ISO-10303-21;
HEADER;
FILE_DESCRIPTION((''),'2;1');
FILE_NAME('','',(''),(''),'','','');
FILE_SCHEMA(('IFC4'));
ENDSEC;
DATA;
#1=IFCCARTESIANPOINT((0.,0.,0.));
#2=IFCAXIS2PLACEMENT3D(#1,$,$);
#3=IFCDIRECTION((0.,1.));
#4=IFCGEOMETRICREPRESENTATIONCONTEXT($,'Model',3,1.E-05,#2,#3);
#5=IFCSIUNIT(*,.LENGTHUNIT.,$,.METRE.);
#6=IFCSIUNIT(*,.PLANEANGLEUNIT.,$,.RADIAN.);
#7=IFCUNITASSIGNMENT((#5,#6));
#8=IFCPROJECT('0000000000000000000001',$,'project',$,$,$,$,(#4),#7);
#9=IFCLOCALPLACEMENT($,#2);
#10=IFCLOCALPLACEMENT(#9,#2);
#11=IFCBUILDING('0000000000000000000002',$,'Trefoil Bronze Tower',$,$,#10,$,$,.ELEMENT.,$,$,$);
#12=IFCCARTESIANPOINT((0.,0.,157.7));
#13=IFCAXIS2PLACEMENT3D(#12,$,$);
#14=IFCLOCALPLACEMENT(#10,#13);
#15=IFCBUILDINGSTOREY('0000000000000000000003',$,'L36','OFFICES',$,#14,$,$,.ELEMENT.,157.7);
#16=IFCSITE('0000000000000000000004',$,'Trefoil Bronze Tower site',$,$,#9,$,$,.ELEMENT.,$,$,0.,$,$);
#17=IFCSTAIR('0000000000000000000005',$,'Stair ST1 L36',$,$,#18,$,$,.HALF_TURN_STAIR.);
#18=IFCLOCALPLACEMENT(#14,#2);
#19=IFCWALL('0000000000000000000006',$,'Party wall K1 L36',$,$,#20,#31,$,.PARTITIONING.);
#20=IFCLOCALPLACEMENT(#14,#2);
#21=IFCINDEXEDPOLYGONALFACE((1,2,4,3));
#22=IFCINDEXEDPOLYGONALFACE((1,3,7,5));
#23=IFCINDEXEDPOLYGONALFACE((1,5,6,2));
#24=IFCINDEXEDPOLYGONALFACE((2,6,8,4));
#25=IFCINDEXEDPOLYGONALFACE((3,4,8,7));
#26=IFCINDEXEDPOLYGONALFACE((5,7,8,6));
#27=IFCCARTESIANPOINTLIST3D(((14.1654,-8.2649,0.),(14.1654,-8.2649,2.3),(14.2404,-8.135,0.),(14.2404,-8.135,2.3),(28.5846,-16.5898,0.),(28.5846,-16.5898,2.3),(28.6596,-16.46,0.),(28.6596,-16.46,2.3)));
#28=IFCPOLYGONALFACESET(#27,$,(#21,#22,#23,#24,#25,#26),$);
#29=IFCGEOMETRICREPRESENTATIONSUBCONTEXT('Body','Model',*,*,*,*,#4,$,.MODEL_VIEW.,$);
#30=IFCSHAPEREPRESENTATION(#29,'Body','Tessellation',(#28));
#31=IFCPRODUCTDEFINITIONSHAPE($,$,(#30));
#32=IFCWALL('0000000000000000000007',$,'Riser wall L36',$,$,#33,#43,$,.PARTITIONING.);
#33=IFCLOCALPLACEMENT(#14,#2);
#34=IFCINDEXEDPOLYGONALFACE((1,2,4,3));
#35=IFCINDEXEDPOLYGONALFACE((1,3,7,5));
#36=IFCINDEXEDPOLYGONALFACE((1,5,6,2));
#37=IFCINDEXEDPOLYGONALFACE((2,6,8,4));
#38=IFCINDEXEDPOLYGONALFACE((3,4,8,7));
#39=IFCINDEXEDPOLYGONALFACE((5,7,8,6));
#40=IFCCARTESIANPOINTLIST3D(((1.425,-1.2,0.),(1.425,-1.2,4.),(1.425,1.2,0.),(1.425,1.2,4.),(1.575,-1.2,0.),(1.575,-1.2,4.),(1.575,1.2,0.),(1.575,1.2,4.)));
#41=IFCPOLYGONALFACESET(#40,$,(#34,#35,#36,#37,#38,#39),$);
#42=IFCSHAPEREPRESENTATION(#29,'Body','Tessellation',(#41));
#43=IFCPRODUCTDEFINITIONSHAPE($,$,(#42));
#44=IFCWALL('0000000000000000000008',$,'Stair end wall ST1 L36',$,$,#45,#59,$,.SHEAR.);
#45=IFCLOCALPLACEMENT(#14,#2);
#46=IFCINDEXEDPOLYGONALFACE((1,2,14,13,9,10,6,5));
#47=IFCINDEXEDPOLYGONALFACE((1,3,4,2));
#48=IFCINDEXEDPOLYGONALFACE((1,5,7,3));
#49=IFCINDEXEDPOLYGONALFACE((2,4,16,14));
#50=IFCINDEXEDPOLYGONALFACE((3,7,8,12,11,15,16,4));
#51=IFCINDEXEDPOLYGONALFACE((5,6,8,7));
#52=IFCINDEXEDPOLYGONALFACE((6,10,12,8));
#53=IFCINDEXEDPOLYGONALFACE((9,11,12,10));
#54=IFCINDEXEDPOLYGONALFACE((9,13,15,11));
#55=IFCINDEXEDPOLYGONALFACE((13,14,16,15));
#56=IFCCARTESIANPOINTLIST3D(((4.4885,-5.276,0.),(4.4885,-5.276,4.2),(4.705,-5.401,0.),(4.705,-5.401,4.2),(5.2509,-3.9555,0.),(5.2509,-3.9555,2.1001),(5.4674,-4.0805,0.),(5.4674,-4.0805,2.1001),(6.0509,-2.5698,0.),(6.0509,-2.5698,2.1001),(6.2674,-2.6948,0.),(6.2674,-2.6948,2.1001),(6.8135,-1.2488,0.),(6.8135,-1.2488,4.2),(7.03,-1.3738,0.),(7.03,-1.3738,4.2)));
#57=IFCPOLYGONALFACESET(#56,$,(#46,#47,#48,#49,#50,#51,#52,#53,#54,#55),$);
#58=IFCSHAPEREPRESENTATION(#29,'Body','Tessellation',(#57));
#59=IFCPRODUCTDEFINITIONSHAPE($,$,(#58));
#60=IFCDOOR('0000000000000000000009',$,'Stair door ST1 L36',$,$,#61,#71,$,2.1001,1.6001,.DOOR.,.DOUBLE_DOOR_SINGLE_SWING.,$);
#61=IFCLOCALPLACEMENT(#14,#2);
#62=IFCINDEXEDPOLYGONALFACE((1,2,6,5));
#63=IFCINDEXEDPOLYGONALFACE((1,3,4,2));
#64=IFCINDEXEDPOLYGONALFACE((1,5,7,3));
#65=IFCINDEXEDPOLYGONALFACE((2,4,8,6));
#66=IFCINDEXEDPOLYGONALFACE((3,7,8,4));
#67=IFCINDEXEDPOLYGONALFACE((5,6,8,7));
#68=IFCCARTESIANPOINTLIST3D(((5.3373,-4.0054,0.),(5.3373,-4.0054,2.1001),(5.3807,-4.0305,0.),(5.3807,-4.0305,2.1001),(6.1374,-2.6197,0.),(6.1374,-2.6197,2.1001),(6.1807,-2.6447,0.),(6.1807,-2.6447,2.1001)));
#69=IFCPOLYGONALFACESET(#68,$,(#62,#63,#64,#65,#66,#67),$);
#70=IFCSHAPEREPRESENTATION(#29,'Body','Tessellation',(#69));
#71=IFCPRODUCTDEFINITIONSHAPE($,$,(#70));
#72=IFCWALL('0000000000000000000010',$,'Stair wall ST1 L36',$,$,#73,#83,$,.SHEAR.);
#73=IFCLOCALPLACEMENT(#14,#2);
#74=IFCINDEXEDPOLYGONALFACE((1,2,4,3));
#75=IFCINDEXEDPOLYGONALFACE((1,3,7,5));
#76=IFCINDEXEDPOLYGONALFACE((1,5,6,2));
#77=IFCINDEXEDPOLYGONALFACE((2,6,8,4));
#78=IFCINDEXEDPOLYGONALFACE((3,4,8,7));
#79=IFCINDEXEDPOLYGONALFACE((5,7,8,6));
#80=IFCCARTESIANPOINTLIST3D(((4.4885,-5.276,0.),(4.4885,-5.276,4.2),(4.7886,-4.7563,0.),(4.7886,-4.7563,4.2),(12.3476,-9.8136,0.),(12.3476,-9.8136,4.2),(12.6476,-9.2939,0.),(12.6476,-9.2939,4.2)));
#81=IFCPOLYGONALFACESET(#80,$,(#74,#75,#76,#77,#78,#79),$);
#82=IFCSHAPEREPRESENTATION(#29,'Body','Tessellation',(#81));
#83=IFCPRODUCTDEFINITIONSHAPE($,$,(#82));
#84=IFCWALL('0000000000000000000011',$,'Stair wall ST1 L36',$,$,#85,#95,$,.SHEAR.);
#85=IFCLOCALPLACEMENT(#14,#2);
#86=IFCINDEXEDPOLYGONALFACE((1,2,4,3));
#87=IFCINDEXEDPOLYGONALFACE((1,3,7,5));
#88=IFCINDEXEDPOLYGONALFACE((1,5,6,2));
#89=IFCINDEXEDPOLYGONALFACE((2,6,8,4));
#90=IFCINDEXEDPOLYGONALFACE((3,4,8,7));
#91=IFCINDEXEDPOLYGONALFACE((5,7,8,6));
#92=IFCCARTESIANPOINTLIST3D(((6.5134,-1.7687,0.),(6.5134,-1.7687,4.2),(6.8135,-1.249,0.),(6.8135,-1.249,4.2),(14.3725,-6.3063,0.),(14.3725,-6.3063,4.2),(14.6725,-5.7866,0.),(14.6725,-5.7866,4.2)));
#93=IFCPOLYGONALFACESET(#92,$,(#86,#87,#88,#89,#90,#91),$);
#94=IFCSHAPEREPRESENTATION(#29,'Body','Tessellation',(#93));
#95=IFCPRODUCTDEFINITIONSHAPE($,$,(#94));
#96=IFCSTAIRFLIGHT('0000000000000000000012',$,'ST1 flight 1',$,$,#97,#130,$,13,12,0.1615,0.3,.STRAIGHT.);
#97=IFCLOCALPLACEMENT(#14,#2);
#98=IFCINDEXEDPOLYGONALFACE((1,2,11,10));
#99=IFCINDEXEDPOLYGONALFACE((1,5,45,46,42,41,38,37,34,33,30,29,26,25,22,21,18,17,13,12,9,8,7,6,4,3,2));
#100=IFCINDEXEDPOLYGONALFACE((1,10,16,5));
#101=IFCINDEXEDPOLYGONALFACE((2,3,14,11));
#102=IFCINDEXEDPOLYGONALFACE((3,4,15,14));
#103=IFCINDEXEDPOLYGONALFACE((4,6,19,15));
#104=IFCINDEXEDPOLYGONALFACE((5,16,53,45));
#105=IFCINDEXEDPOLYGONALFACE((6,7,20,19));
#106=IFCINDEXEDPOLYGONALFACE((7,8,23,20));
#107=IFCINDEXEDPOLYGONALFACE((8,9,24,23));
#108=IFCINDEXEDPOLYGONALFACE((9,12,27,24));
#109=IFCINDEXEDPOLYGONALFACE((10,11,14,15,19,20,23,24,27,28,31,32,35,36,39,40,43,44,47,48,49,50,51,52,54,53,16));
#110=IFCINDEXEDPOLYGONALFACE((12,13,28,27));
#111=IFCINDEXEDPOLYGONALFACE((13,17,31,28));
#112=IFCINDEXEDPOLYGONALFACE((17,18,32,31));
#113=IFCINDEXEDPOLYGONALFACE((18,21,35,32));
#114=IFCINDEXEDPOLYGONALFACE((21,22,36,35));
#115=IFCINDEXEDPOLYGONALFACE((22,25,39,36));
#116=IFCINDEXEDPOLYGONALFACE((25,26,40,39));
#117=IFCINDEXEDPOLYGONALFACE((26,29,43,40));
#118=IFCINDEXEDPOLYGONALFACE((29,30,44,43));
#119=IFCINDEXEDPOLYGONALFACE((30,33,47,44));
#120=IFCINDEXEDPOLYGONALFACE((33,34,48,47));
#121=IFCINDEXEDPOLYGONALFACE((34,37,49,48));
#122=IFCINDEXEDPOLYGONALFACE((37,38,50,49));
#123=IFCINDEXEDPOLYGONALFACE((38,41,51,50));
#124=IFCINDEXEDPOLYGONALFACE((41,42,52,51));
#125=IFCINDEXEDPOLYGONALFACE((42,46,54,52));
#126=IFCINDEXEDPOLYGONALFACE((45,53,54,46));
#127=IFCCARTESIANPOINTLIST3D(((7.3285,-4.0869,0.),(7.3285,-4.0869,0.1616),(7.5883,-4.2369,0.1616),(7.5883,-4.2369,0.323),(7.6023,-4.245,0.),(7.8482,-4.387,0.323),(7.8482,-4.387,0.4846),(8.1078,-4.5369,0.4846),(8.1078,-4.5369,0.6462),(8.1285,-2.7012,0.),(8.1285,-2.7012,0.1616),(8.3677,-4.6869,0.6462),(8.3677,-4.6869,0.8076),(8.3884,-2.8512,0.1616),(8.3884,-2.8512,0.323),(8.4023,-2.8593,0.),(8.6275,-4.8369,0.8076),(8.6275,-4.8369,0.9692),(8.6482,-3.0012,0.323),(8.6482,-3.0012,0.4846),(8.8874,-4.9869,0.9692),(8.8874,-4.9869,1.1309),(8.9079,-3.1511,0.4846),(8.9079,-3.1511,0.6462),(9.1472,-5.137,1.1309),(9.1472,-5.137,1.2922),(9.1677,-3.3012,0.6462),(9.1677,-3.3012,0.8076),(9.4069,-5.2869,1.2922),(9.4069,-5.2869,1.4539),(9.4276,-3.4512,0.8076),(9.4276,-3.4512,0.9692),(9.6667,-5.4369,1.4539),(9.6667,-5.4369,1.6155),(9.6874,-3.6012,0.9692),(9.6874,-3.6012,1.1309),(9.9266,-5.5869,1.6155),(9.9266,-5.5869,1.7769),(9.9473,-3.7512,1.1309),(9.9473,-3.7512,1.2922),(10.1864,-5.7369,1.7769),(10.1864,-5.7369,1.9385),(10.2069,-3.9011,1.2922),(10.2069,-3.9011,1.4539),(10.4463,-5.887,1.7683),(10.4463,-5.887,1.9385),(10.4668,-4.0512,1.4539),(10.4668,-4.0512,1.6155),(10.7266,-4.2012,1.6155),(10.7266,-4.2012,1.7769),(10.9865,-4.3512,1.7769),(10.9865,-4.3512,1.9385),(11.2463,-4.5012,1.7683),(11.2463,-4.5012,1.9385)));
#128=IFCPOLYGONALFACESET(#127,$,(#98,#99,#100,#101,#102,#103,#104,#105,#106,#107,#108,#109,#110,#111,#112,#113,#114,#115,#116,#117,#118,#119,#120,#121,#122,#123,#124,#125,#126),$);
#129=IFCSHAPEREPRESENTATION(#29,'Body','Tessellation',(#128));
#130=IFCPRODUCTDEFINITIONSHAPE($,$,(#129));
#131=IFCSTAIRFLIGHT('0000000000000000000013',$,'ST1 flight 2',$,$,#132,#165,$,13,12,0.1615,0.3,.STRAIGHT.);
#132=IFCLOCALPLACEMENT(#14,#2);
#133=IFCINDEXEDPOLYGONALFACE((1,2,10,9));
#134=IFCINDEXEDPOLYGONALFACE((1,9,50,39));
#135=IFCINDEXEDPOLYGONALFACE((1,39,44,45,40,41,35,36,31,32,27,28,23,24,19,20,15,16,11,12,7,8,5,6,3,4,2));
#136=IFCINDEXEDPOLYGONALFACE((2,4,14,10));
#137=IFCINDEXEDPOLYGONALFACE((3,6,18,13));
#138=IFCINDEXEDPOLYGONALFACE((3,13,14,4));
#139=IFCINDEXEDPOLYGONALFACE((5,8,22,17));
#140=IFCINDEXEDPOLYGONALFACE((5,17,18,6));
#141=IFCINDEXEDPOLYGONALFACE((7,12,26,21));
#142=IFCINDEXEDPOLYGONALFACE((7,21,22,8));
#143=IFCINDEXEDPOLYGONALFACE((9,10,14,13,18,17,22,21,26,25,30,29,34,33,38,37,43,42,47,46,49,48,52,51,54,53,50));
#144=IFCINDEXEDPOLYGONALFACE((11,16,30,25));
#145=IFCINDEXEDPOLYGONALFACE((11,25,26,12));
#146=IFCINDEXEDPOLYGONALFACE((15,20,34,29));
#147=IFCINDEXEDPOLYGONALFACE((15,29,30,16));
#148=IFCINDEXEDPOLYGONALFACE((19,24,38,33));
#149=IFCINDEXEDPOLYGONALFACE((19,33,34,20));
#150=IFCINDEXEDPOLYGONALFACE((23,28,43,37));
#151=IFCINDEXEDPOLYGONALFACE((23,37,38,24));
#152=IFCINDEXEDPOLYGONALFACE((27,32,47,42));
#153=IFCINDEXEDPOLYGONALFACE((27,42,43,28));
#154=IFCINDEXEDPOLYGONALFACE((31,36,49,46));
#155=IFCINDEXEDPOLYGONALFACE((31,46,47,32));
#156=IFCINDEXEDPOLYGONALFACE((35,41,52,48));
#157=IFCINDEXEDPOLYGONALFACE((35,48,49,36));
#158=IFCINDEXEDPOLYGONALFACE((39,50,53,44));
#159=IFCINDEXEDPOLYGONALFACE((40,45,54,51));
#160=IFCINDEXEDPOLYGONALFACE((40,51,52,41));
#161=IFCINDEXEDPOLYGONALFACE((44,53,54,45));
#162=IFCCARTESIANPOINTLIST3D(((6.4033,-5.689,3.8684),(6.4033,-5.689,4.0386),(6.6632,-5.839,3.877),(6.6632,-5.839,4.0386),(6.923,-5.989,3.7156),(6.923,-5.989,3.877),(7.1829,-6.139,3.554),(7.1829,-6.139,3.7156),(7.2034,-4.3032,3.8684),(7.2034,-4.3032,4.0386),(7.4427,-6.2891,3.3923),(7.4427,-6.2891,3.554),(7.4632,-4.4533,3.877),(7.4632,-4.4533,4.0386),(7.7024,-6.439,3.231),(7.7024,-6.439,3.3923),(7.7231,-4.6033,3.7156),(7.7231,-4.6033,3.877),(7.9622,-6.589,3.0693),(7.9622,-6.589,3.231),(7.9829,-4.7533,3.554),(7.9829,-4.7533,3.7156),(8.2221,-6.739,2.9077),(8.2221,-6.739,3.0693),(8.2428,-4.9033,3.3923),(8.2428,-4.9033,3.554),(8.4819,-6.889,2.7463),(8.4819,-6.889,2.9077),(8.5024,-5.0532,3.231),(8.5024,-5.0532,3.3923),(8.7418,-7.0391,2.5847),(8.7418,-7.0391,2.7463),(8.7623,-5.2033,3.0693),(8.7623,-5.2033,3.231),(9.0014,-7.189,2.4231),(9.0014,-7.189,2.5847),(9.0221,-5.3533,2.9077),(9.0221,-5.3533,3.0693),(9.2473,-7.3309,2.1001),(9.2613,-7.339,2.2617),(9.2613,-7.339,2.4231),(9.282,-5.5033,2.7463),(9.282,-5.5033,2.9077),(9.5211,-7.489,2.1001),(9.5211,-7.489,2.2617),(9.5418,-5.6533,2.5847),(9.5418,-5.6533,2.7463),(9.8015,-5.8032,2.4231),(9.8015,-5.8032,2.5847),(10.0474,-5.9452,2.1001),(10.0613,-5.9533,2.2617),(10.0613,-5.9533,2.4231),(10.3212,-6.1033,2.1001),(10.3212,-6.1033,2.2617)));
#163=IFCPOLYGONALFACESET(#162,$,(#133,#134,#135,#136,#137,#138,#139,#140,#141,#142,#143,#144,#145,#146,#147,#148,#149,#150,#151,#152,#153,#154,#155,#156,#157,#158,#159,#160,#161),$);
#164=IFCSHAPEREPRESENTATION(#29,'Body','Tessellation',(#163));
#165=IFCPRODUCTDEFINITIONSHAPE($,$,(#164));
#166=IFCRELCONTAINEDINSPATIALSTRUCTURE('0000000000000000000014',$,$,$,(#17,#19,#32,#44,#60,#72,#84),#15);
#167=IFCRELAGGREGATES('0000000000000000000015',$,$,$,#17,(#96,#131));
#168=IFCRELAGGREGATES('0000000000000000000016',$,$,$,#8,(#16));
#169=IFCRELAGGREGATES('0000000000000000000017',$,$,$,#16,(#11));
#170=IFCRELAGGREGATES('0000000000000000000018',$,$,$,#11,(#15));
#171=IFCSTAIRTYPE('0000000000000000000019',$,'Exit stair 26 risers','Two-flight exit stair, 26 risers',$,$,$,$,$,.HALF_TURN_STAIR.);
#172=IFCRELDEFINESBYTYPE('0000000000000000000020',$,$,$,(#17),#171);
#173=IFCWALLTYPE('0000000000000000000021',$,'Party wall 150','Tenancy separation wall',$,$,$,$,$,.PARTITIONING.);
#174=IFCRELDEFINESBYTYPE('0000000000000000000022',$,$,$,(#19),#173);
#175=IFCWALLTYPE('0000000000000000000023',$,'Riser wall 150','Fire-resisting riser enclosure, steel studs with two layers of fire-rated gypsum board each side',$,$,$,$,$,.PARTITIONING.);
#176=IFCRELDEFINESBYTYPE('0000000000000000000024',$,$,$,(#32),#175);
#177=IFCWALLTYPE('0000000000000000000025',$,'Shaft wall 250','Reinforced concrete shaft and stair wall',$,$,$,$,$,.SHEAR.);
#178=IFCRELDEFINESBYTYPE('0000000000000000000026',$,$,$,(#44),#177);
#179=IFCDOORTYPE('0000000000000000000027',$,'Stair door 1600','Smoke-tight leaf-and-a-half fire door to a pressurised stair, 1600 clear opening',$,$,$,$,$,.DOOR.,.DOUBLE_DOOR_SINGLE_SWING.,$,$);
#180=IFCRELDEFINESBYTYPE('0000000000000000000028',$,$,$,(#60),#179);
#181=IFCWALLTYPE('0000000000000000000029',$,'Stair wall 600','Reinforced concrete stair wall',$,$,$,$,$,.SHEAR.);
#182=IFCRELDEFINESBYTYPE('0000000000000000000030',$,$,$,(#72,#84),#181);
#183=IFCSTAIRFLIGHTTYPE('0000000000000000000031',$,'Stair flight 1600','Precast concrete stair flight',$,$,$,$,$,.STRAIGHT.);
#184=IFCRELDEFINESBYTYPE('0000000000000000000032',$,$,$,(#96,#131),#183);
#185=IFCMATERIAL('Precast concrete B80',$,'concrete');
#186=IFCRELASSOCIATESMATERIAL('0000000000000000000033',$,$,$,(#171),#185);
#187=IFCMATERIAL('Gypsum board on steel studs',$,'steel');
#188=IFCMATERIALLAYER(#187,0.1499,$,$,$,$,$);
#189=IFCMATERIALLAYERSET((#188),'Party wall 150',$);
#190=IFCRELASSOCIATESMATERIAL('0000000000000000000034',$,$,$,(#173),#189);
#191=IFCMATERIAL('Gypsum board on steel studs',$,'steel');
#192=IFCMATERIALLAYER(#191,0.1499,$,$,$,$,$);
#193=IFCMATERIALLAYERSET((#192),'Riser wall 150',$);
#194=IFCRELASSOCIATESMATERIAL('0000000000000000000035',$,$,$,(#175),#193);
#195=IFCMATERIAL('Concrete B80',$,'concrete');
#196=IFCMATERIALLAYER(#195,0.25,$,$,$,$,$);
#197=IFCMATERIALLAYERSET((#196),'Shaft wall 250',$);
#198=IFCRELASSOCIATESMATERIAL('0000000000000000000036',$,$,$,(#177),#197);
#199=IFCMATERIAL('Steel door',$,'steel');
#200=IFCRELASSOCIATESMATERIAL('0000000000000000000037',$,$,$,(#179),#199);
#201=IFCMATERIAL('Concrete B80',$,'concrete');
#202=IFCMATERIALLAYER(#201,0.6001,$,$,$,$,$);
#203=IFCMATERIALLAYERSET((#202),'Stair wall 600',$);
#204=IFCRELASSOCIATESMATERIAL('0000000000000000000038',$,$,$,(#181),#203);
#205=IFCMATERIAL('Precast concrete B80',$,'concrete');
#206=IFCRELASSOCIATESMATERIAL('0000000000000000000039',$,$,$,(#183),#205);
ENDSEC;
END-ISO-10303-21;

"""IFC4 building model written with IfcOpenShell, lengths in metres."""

from ifc_helpers import new_model, si_unit, direction, frame, frame_2d, origin, place, context, subcontext, project, spatial, polyline, rectangle, outline, extrude, material, layer, layer_set, type_object, element, fill, aggregate, save


model = new_model("IFC4")

# Units and contexts
model_context = context("Model", 3, precision=1e-05, world=origin(), true_north=direction((0.0, 1.0)))
body_context = subcontext(model_context, "Body", "Model", "MODEL_VIEW")
ifc_project = project(units=[si_unit("LENGTHUNIT", "METRE"), si_unit("PLANEANGLEUNIT", "RADIAN")], contexts=[model_context])

# Site, building, storey
site_placement = place(None, origin())
site = spatial("IfcSite", under=ifc_project, at=site_placement, Name="Trefoil Bronze Tower site", CompositionType="ELEMENT", RefElevation=0.0)
building_placement = place(site_placement, origin())
building = spatial("IfcBuilding", under=site, at=building_placement, Name="Trefoil Bronze Tower", CompositionType="ELEMENT")
storey_placement = place(building_placement, frame((0.0, 0.0, 157.7)))
storey = spatial("IfcBuildingStorey", under=building, at=storey_placement, Name="L36", Description="OFFICES", CompositionType="ELEMENT", Elevation=157.7)

# Stair
ifc_material_1 = material(Name="Precast concrete B80", Category="concrete")
stair_type = type_object("IfcStairType", Name="Exit stair 26 risers", Description="Two-flight exit stair, 26 risers", PredefinedType="HALF_TURN_STAIR", material=ifc_material_1)
stair_1_placement = place(storey_placement, origin())
stair_1 = element("IfcStair", 1, at=stair_1_placement, inside=storey, type_object=stair_type, Name="Stair ST1 L36", PredefinedType="HALF_TURN_STAIR")

# Walls
ifc_material_2 = material(Name="Gypsum board on steel studs", Category="steel")
ifc_layer_1 = layer(ifc_material_2, 0.1499)
ifc_layer_set_1 = layer_set([ifc_layer_1], Name="Party wall 150")
wall_type_1 = type_object("IfcWallType", Name="Party wall 150", Description="Tenancy separation wall", PredefinedType="PARTITIONING", material=ifc_layer_set_1)
wall_1_placement = place(storey_placement, frame((14.2029, -8.2, 0.0), z_axis=(0.0, 0.0, 1.0), x_axis=(0.866025, -0.500001, 0.0)))
element("IfcWall", 2, at=wall_1_placement, inside=storey, type_object=wall_type_1, Name="Party wall K1 L36", PredefinedType="PARTITIONING", context=body_context, shape_type="SweptSolid", body=[
    extrude(rectangle(XDim=16.6499, YDim=0.1499, at=frame_2d((8.325, 0.0))), origin(), (0.0, 0.0, 1.0), 2.3),
])
ifc_material_3 = material(Name="Gypsum board on steel studs", Category="steel")
ifc_layer_2 = layer(ifc_material_3, 0.1499)
ifc_layer_set_2 = layer_set([ifc_layer_2], Name="Riser wall 150")
wall_type_2 = type_object("IfcWallType", Name="Riser wall 150", Description="Fire-resisting riser enclosure, steel studs with two layers of fire-rated gypsum board each side", PredefinedType="PARTITIONING", material=ifc_layer_set_2)
wall_2_placement = place(storey_placement, frame((1.5, -1.2, 0.0), z_axis=(0.0, 0.0, 1.0), x_axis=(0.0, 1.0, 0.0)))
element("IfcWall", 3, at=wall_2_placement, inside=storey, type_object=wall_type_2, Name="Riser wall L36", PredefinedType="PARTITIONING", context=body_context, shape_type="SweptSolid", body=[
    extrude(rectangle(XDim=2.3999, YDim=0.1499, at=frame_2d((1.2, 0.0))), origin(), (0.0, 0.0, 1.0), 4.0),
])

# Wall, opening, door
ifc_material_4 = material(Name="Concrete B80", Category="concrete")
ifc_layer_3 = layer(ifc_material_4, 0.25)
ifc_layer_set_3 = layer_set([ifc_layer_3], Name="Shaft wall 250")
wall_type_3 = type_object("IfcWallType", Name="Shaft wall 250", Description="Reinforced concrete shaft and stair wall", PredefinedType="SHEAR", material=ifc_layer_set_3)
wall_3_placement = place(storey_placement, frame((4.5967, -5.3386, 0.0), z_axis=(0.0, 0.0, 1.0), x_axis=(0.499985, 0.866034, 0.0)))
wall_3 = element("IfcWall", 4, at=wall_3_placement, inside=storey, type_object=wall_type_3, Name="Stair end wall ST1 L36", PredefinedType="SHEAR", context=body_context, shape_type="SweptSolid", body=[
    extrude(rectangle(XDim=4.6501, YDim=0.25, at=frame_2d((2.3252, 0.0))), origin(), (0.0, 0.0, 1.0), 4.2),
])
opening_1_placement = place(wall_3_placement, frame((1.5249, 0.0, 0.0)))
opening_1 = element("IfcOpeningElement", 5, at=opening_1_placement, cuts=wall_3, PredefinedType="OPENING", context=body_context, shape_type="SweptSolid", body=[
    extrude(rectangle(XDim=1.6001, YDim=2.1001, at=frame_2d((0.8, 1.05))), frame((0.0, 0.135, 0.0), z_axis=(0.0, -1.0, 0.0), x_axis=(1.0, 0.0, 0.0)), (0.0, 0.0, 1.0), 0.27),
])
ifc_material_5 = material(Name="Steel door", Category="steel")
door_type_1 = type_object("IfcDoorType", Name="Stair door 1600", Description="Smoke-tight leaf-and-a-half fire door to a pressurised stair, 1600 clear opening", OperationType="DOUBLE_DOOR_SINGLE_SWING", PredefinedType="DOOR", material=ifc_material_5)
door_1_placement = place(opening_1_placement, frame((1.6001, 0.0, 0.0), z_axis=(0.0, 0.0, 1.0), x_axis=(-1.0, 0.0, 0.0)))
door_1 = element("IfcDoor", 6, at=door_1_placement, inside=storey, type_object=door_type_1, Name="Stair door ST1 L36", OperationType="DOUBLE_DOOR_SINGLE_SWING", OverallHeight=2.1001, OverallWidth=1.6001, PredefinedType="DOOR", context=body_context, shape_type="SweptSolid", body=[
    extrude(rectangle(XDim=1.6001, YDim=2.1001, at=frame_2d((0.8, 1.05))), frame((0.0, 0.0249, 0.0), z_axis=(0.0, -1.0, 0.0), x_axis=(1.0, 0.0, 0.0)), (0.0, 0.0, 1.0), 0.05),
])
fill(opening_1, door_1)

# Walls
ifc_material_6 = material(Name="Concrete B80", Category="concrete")
ifc_layer_4 = layer(ifc_material_6, 0.6001)
ifc_layer_set_4 = layer_set([ifc_layer_4], Name="Stair wall 600")
wall_type_4 = type_object("IfcWallType", Name="Stair wall 600", Description="Reinforced concrete stair wall", PredefinedType="SHEAR", material=ifc_layer_set_4)
for number, where, z_axis, x_axis, name in (
    (7, (4.6384, -5.0161, 0.0), (0.0, 0.0, 1.0), (0.866019, -0.50001, 0.0), "Stair wall ST1 L36"),
    (8, (6.6633, -1.5088, 0.0), (0.0, 0.0, 1.0), (0.866019, -0.50001, 0.0), "Stair wall ST1 L36"),
):
    element("IfcWall", number, at=place(storey_placement, frame(where, z_axis=z_axis, x_axis=x_axis)), inside=storey, type_object=wall_type_4, Name=name, PredefinedType="SHEAR", context=body_context, shape_type="SweptSolid", body=[
        extrude(rectangle(XDim=9.075, YDim=0.6001, at=frame_2d((4.5376, 0.0))), origin(), (0.0, 0.0, 1.0), 4.2),
    ])

# Stair flights
ifc_material_7 = material(Name="Precast concrete B80", Category="concrete")
stair_flight_type = type_object("IfcStairFlightType", Name="Stair flight 1600", Description="Precast concrete stair flight", PredefinedType="STRAIGHT", material=ifc_material_7)
stair_flight_1_placement = place(storey_placement, frame((7.7285, -3.394, 0.0), z_axis=(0.0, 0.0, 1.0), x_axis=(0.866025, -0.5, 0.0)))
stair_flight_1 = element("IfcStairFlight", 9, at=stair_flight_1_placement, type_object=stair_flight_type, Name="ST1 flight 1", NumberOfRisers=13, NumberOfTreads=12, PredefinedType="STRAIGHT", RiserHeight=0.1615, TreadLength=0.3, context=body_context, shape_type="SweptSolid", body=[
    extrude(outline(polyline([(0.0, 0.0), (0.0, 0.1616), (0.3, 0.1616), (0.3, 0.323), (0.6001, 0.323), (0.6001, 0.4846), (0.8999, 0.4846), (0.8999, 0.6462), (1.2, 0.6462), (1.2, 0.8076), (1.5, 0.8076), (1.5, 0.9692), (1.8, 0.9692), (1.8, 1.1309), (2.1001, 1.1309), (2.1001, 1.2922), (2.3999, 1.2922), (2.3999, 1.4539), (2.7, 1.4539), (2.7, 1.6155), (3.0, 1.6155), (3.0, 1.7769), (3.3, 1.7769), (3.3, 1.9385), (3.6001, 1.9385), (3.6001, 2.1001), (3.6001, 1.7683), (0.3162, 0.0), (0.0, 0.0)])), frame((0.0, 0.8, 0.0), z_axis=(0.0, -1.0, 0.0), x_axis=(1.0, 0.0, 0.0)), (0.0, 0.0, 1.0), 1.6001),
])
stair_flight_2_placement = place(storey_placement, frame((9.9211, -6.7961, 2.1001), z_axis=(0.0, 0.0, 1.0), x_axis=(-0.866025, 0.5, 0.0)))
stair_flight_2 = element("IfcStairFlight", 10, at=stair_flight_2_placement, type_object=stair_flight_type, Name="ST1 flight 2", NumberOfRisers=13, NumberOfTreads=12, PredefinedType="STRAIGHT", RiserHeight=0.1615, TreadLength=0.3, context=body_context, shape_type="SweptSolid", body=[
    extrude(outline(polyline([(0.0, 0.0), (0.0, 0.1616), (0.3, 0.1616), (0.3, 0.323), (0.6001, 0.323), (0.6001, 0.4846), (0.8999, 0.4846), (0.8999, 0.6462), (1.2, 0.6462), (1.2, 0.8076), (1.5, 0.8076), (1.5, 0.9692), (1.8, 0.9692), (1.8, 1.1309), (2.1001, 1.1309), (2.1001, 1.2922), (2.3999, 1.2922), (2.3999, 1.4539), (2.7, 1.4539), (2.7, 1.6155), (3.0, 1.6155), (3.0, 1.7769), (3.3, 1.7769), (3.3, 1.9385), (3.6001, 1.9385), (3.6001, 2.1001), (3.6001, 1.7683), (0.3162, 0.0), (0.0, 0.0)])), frame((0.0, 0.8, 0.0), z_axis=(0.0, -1.0, 0.0), x_axis=(1.0, 0.0, 0.0)), (0.0, 0.0, 1.0), 1.6001),
])
aggregate(stair_1, [stair_flight_1, stair_flight_2])

save(model, "model.ifc")
